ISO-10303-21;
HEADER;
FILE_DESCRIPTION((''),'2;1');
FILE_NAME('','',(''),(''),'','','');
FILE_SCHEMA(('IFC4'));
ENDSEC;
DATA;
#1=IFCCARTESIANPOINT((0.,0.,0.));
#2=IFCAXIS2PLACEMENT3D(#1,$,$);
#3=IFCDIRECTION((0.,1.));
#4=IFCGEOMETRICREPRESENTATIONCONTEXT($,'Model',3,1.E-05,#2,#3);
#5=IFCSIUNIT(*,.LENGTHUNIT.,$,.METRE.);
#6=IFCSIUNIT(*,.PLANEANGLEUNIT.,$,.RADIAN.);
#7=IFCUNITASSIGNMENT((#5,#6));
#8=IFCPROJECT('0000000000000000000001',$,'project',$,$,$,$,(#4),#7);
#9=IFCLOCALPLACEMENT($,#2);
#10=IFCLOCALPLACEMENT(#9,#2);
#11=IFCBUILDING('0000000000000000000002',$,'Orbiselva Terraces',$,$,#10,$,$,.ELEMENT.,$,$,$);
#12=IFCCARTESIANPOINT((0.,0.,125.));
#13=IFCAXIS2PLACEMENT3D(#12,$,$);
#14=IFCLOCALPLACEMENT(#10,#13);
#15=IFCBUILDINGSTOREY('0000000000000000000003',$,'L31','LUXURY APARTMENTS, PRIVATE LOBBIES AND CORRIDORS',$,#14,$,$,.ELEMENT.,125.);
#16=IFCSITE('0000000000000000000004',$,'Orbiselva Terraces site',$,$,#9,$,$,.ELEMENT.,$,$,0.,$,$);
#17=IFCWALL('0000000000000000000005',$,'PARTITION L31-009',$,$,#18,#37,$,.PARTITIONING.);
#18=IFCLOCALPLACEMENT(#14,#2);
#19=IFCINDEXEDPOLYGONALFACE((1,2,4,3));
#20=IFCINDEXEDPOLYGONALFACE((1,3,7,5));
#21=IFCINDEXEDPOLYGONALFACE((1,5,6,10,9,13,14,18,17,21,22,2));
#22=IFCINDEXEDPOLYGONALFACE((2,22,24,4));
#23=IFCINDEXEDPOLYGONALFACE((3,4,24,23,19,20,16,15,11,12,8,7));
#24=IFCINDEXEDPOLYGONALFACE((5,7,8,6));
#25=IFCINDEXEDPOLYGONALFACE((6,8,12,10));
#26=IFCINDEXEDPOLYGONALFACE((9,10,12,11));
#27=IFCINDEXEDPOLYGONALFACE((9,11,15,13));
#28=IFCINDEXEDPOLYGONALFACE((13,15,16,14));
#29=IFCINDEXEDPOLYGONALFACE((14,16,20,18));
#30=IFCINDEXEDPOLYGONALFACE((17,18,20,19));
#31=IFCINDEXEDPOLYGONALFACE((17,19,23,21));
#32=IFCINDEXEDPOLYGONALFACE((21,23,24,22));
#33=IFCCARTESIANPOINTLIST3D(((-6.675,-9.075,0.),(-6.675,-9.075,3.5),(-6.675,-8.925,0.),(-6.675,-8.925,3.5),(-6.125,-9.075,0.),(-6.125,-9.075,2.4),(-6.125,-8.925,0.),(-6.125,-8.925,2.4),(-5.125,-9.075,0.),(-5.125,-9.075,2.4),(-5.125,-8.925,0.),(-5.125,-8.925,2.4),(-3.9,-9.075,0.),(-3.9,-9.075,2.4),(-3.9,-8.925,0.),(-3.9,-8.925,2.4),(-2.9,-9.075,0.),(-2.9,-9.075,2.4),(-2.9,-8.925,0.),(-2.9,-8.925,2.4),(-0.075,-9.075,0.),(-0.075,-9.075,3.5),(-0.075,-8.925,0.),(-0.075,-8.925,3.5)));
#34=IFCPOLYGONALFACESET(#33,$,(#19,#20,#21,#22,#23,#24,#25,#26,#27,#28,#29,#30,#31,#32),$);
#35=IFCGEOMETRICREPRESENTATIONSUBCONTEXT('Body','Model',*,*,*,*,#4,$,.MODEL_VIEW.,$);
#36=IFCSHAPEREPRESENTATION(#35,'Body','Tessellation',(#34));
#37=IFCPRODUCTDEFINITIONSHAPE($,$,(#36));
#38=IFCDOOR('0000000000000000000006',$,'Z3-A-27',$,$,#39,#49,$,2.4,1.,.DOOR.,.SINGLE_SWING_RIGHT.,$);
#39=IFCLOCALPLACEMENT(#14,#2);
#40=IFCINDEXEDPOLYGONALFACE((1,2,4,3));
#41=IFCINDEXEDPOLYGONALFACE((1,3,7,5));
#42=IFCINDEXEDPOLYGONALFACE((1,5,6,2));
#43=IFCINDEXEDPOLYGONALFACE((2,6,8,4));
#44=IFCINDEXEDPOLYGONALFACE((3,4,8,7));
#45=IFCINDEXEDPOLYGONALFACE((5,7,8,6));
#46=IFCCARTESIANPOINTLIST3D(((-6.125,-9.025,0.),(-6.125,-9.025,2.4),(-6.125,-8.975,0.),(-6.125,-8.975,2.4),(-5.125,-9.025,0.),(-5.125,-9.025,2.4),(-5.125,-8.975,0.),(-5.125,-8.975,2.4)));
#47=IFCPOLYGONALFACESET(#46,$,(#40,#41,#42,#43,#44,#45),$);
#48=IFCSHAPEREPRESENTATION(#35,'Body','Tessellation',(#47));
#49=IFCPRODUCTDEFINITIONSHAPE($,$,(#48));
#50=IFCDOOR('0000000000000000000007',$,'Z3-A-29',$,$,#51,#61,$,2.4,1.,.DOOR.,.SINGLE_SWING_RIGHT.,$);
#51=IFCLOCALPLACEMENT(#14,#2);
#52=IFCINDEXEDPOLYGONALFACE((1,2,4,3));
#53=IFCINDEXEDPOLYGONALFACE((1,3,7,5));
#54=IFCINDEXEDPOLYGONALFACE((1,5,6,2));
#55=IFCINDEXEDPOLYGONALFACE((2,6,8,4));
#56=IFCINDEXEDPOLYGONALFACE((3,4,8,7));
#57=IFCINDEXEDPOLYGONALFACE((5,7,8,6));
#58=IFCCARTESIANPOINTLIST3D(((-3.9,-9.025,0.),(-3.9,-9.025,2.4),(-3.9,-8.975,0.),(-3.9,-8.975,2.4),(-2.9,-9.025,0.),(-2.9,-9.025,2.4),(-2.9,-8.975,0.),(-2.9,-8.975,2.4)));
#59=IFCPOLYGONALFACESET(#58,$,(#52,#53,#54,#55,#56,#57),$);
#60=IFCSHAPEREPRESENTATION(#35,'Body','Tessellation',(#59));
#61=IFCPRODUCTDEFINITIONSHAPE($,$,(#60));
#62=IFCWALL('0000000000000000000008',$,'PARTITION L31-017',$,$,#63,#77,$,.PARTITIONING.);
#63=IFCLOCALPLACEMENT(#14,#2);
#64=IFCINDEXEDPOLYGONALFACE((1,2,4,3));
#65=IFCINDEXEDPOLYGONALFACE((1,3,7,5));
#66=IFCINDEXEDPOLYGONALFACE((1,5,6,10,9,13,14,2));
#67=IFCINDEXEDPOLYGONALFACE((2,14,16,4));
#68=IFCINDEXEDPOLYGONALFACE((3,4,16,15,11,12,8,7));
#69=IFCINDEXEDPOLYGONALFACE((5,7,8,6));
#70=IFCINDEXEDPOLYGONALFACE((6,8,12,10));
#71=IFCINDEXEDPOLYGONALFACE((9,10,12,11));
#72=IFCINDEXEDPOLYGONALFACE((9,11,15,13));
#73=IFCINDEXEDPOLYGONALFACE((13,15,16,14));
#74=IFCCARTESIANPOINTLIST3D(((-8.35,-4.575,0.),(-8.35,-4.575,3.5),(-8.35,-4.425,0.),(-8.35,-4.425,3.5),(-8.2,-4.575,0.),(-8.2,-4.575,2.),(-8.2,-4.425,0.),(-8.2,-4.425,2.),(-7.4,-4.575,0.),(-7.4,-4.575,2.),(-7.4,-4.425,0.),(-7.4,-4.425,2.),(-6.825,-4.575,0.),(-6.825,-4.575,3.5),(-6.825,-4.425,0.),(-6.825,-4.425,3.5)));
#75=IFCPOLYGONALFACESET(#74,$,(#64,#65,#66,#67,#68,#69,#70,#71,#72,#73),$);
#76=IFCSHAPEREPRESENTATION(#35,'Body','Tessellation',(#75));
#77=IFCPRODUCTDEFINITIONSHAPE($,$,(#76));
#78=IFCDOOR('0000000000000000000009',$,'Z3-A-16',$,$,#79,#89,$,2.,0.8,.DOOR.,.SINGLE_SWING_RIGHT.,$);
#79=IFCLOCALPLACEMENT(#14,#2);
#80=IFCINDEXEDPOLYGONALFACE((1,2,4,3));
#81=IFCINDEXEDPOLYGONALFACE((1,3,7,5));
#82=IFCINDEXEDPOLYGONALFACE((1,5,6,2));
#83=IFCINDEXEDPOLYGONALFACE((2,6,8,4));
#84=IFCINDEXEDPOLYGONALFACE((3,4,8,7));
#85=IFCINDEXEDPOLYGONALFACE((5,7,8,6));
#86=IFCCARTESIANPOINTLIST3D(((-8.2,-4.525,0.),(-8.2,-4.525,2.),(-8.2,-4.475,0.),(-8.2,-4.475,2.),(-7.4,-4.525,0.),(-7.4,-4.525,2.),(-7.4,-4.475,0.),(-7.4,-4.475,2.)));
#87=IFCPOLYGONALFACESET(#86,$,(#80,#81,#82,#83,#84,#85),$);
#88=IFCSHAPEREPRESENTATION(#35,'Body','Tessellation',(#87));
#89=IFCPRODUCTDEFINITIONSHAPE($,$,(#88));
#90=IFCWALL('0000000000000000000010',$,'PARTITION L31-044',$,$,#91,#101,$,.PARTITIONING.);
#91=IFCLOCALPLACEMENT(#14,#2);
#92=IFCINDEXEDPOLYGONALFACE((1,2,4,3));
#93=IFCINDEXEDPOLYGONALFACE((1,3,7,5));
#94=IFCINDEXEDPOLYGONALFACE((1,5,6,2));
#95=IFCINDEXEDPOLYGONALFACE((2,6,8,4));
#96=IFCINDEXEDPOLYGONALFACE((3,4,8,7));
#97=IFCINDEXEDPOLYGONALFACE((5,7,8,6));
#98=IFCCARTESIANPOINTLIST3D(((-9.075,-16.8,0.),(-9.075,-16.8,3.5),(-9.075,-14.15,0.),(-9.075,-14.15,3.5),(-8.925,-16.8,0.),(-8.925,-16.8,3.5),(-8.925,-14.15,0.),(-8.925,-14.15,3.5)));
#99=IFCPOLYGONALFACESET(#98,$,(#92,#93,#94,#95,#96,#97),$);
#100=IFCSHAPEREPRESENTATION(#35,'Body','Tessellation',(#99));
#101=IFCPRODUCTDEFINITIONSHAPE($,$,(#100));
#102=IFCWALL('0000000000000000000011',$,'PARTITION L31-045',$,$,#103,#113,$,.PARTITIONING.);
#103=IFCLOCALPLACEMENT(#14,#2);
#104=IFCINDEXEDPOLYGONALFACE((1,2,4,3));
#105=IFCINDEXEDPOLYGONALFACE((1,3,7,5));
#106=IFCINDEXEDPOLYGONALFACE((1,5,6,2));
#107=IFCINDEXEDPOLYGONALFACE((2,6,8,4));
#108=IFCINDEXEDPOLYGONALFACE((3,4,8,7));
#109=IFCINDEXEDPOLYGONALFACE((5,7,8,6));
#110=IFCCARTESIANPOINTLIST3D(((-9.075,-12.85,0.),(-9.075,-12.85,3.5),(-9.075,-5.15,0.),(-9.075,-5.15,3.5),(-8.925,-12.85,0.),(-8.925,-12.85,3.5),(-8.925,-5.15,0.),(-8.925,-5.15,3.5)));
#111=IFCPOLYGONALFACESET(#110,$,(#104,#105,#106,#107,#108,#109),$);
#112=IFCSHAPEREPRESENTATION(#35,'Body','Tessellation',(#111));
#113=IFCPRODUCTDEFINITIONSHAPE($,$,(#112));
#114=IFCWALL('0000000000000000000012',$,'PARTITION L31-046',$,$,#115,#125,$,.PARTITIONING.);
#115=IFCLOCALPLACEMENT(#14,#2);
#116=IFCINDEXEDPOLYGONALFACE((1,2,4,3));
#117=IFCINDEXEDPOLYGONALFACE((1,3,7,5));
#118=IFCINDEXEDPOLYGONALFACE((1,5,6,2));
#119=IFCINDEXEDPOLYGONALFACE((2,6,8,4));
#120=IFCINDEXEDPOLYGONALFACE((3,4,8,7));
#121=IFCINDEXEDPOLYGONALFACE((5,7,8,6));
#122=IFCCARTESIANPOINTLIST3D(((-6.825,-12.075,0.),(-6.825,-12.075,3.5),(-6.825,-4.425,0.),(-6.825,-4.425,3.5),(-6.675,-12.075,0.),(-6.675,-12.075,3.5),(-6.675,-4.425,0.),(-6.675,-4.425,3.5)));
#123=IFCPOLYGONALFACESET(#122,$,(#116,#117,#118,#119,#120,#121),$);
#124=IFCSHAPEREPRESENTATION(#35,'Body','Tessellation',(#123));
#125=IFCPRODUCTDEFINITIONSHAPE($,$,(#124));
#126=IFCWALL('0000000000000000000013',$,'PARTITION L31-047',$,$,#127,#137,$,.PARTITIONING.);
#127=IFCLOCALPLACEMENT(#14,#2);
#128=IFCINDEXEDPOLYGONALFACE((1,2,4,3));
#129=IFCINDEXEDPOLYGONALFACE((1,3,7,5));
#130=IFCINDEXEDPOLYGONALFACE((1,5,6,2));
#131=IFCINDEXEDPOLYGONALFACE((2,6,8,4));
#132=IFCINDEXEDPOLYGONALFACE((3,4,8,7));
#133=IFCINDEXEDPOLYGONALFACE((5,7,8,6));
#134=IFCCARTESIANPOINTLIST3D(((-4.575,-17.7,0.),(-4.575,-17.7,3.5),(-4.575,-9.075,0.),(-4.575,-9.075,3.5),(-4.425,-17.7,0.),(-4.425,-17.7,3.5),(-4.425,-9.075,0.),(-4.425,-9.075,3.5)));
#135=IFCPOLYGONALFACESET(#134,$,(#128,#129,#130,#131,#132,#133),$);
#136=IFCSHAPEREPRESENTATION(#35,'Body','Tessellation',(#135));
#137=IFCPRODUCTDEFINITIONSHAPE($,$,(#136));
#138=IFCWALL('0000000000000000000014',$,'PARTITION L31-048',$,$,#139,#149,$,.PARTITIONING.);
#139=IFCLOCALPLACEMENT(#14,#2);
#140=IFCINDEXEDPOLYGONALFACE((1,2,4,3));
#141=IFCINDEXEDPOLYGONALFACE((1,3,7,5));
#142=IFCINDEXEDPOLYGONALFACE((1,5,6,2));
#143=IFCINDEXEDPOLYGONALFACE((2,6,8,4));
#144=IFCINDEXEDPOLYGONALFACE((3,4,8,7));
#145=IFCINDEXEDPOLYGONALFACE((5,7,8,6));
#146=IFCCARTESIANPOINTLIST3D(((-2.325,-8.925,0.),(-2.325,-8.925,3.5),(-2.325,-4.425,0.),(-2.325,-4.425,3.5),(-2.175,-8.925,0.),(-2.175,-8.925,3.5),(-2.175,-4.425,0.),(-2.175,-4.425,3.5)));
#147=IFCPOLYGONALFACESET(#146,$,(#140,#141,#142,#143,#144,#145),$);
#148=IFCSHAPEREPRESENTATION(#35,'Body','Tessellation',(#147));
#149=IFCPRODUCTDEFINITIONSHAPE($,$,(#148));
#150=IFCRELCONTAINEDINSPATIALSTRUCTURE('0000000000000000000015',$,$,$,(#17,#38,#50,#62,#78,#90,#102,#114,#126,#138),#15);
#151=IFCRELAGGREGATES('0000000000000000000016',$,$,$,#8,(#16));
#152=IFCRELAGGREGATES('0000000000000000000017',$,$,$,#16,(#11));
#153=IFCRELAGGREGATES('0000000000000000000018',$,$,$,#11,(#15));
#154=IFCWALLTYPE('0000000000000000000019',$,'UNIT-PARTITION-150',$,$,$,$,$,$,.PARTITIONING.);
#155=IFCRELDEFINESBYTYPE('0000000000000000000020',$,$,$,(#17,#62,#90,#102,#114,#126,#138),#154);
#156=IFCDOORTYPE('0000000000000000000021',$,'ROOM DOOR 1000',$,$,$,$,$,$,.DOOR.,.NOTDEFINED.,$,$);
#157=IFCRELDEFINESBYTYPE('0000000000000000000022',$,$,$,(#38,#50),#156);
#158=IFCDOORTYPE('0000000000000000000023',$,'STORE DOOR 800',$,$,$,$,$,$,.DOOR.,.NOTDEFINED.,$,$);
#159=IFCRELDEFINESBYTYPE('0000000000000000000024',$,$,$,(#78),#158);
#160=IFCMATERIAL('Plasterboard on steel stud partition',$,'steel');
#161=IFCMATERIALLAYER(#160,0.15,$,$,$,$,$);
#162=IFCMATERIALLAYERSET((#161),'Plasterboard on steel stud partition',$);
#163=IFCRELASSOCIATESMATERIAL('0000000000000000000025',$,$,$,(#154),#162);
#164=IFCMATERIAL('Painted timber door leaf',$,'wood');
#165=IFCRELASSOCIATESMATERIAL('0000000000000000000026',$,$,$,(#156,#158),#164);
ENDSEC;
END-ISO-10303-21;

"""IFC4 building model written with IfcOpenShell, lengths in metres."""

from ifc_helpers import new_model, si_unit, direction, frame, frame_2d, origin, place, context, subcontext, project, spatial, rectangle, extrude, material, layer, layer_set, type_object, element, fill, save


model = new_model("IFC4")

# Units and contexts
model_context = context("Model", 3, precision=1e-05, world=origin(), true_north=direction((0.0, 1.0)))
body_context = subcontext(model_context, "Body", "Model", "MODEL_VIEW")
ifc_project = project(units=[si_unit("LENGTHUNIT", "METRE"), si_unit("PLANEANGLEUNIT", "RADIAN")], contexts=[model_context])

# Site, building, storey
site_placement = place(None, origin())
site = spatial("IfcSite", under=ifc_project, at=site_placement, Name="Orbiselva Terraces site", CompositionType="ELEMENT", RefElevation=0.0)
building_placement = place(site_placement, origin())
building = spatial("IfcBuilding", under=site, at=building_placement, Name="Orbiselva Terraces", CompositionType="ELEMENT")
storey_placement = place(building_placement, frame((0.0, 0.0, 125.0)))
storey = spatial("IfcBuildingStorey", under=building, at=storey_placement, Name="L31", Description="LUXURY APARTMENTS, PRIVATE LOBBIES AND CORRIDORS", CompositionType="ELEMENT", Elevation=125.0)

# Shared definitions
ifc_material_1 = material(Name="Plasterboard on steel stud partition", Category="steel")
ifc_layer_1 = layer(ifc_material_1, 0.15)
ifc_layer_set_1 = layer_set([ifc_layer_1], Name="Plasterboard on steel stud partition")
wall_type_1 = type_object("IfcWallType", Name="UNIT-PARTITION-150", PredefinedType="PARTITIONING", material=ifc_layer_set_1)
ifc_material_2 = material(Name="Painted timber door leaf", Category="wood")

# Wall, openings, doors
wall_1_placement = place(storey_placement, frame((-0.075, -9.0, 0.0), z_axis=(0.0, 0.0, 1.0), x_axis=(-1.0, 0.0, 0.0)))
wall_1 = element("IfcWall", 1, at=wall_1_placement, inside=storey, type_object=wall_type_1, Name="PARTITION L31-009", PredefinedType="PARTITIONING", context=body_context, shape_type="SweptSolid", body=[
    extrude(rectangle(XDim=6.6, YDim=0.15, at=frame_2d((3.3, 0.0))), origin(), (0.0, 0.0, 1.0), 3.5),
])
opening_1_placement = place(wall_1_placement, frame((5.05, 0.0, 0.0)))
opening_1 = element("IfcOpeningElement", 2, at=opening_1_placement, cuts=wall_1, PredefinedType="OPENING", context=body_context, shape_type="SweptSolid", body=[
    extrude(rectangle(XDim=1.0, YDim=2.4, at=frame_2d((0.5, 1.2))), frame((0.0, 0.085, 0.0), z_axis=(0.0, -1.0, 0.0), x_axis=(1.0, 0.0, 0.0)), (0.0, 0.0, 1.0), 0.17),
])
opening_2_placement = place(wall_1_placement, frame((2.825, 0.0, 0.0)))
opening_2 = element("IfcOpeningElement", 3, at=opening_2_placement, cuts=wall_1, PredefinedType="OPENING", context=body_context, shape_type="SweptSolid", body=[
    extrude(rectangle(XDim=1.0, YDim=2.4, at=frame_2d((0.5, 1.2))), frame((0.0, 0.085, 0.0), z_axis=(0.0, -1.0, 0.0), x_axis=(1.0, 0.0, 0.0)), (0.0, 0.0, 1.0), 0.17),
])
door_type_1 = type_object("IfcDoorType", Name="ROOM DOOR 1000", OperationType="NOTDEFINED", PredefinedType="DOOR", material=ifc_material_2)
door_1_placement = place(opening_1_placement, origin())
door_1 = element("IfcDoor", 4, at=door_1_placement, inside=storey, type_object=door_type_1, Name="Z3-A-27", OperationType="SINGLE_SWING_RIGHT", OverallHeight=2.4, OverallWidth=1.0, PredefinedType="DOOR", context=body_context, shape_type="SweptSolid", body=[
    extrude(rectangle(XDim=1.0, YDim=2.4, at=frame_2d((0.5, 1.2))), frame((0.0, 0.025, 0.0), z_axis=(0.0, -1.0, 0.0), x_axis=(1.0, 0.0, 0.0)), (0.0, 0.0, 1.0), 0.05),
])
fill(opening_1, door_1)
door_2_placement = place(opening_2_placement, origin())
door_2 = element("IfcDoor", 5, at=door_2_placement, inside=storey, type_object=door_type_1, Name="Z3-A-29", OperationType="SINGLE_SWING_RIGHT", OverallHeight=2.4, OverallWidth=1.0, PredefinedType="DOOR", context=body_context, shape_type="SweptSolid", body=[
    extrude(rectangle(XDim=1.0, YDim=2.4, at=frame_2d((0.5, 1.2))), frame((0.0, 0.025, 0.0), z_axis=(0.0, -1.0, 0.0), x_axis=(1.0, 0.0, 0.0)), (0.0, 0.0, 1.0), 0.05),
])
fill(opening_2, door_2)

# Wall, opening, door
wall_2_placement = place(storey_placement, frame((-6.825, -4.5, 0.0), z_axis=(0.0, 0.0, 1.0), x_axis=(-1.0, 0.0, 0.0)))
wall_2 = element("IfcWall", 6, at=wall_2_placement, inside=storey, type_object=wall_type_1, Name="PARTITION L31-017", PredefinedType="PARTITIONING", context=body_context, shape_type="SweptSolid", body=[
    extrude(rectangle(XDim=1.525, YDim=0.15, at=frame_2d((0.7625, 0.0))), origin(), (0.0, 0.0, 1.0), 3.5),
])
opening_3_placement = place(wall_2_placement, frame((0.575, 0.0, 0.0)))
opening_3 = element("IfcOpeningElement", 7, at=opening_3_placement, cuts=wall_2, PredefinedType="OPENING", context=body_context, shape_type="SweptSolid", body=[
    extrude(rectangle(XDim=0.8, YDim=2.0, at=frame_2d((0.4, 1.0))), frame((0.0, 0.085, 0.0), z_axis=(0.0, -1.0, 0.0), x_axis=(1.0, 0.0, 0.0)), (0.0, 0.0, 1.0), 0.17),
])
door_type_2 = type_object("IfcDoorType", Name="STORE DOOR 800", OperationType="NOTDEFINED", PredefinedType="DOOR", material=ifc_material_2)
door_3_placement = place(opening_3_placement, origin())
door_3 = element("IfcDoor", 8, at=door_3_placement, inside=storey, type_object=door_type_2, Name="Z3-A-16", OperationType="SINGLE_SWING_RIGHT", OverallHeight=2.0, OverallWidth=0.8, PredefinedType="DOOR", context=body_context, shape_type="SweptSolid", body=[
    extrude(rectangle(XDim=0.8, YDim=2.0, at=frame_2d((0.4, 1.0))), frame((0.0, 0.025, 0.0), z_axis=(0.0, -1.0, 0.0), x_axis=(1.0, 0.0, 0.0)), (0.0, 0.0, 1.0), 0.05),
])
fill(opening_3, door_3)

# Walls
wall_3_placement = place(storey_placement, frame((-9.0, -16.8, 0.0), z_axis=(0.0, 0.0, 1.0), x_axis=(0.0, 1.0, 0.0)))
element("IfcWall", 9, at=wall_3_placement, inside=storey, type_object=wall_type_1, Name="PARTITION L31-044", PredefinedType="PARTITIONING", context=body_context, shape_type="SweptSolid", body=[
    extrude(rectangle(XDim=2.65, YDim=0.15, at=frame_2d((1.325, 0.0))), origin(), (0.0, 0.0, 1.0), 3.5),
])
wall_4_placement = place(storey_placement, frame((-9.0, -12.85, 0.0), z_axis=(0.0, 0.0, 1.0), x_axis=(0.0, 1.0, 0.0)))
element("IfcWall", 10, at=wall_4_placement, inside=storey, type_object=wall_type_1, Name="PARTITION L31-045", PredefinedType="PARTITIONING", context=body_context, shape_type="SweptSolid", body=[
    extrude(rectangle(XDim=7.7, YDim=0.15, at=frame_2d((3.85, 0.0))), origin(), (0.0, 0.0, 1.0), 3.5),
])
wall_5_placement = place(storey_placement, frame((-6.75, -12.075, 0.0), z_axis=(0.0, 0.0, 1.0), x_axis=(0.0, 1.0, 0.0)))
element("IfcWall", 11, at=wall_5_placement, inside=storey, type_object=wall_type_1, Name="PARTITION L31-046", PredefinedType="PARTITIONING", context=body_context, shape_type="SweptSolid", body=[
    extrude(rectangle(XDim=7.65, YDim=0.15, at=frame_2d((3.825, 0.0))), origin(), (0.0, 0.0, 1.0), 3.5),
])
wall_6_placement = place(storey_placement, frame((-4.5, -17.7, 0.0), z_axis=(0.0, 0.0, 1.0), x_axis=(0.0, 1.0, 0.0)))
element("IfcWall", 12, at=wall_6_placement, inside=storey, type_object=wall_type_1, Name="PARTITION L31-047", PredefinedType="PARTITIONING", context=body_context, shape_type="SweptSolid", body=[
    extrude(rectangle(XDim=8.625, YDim=0.15, at=frame_2d((4.3125, 0.0))), origin(), (0.0, 0.0, 1.0), 3.5),
])
wall_7_placement = place(storey_placement, frame((-2.25, -8.925, 0.0), z_axis=(0.0, 0.0, 1.0), x_axis=(0.0, 1.0, 0.0)))
element("IfcWall", 13, at=wall_7_placement, inside=storey, type_object=wall_type_1, Name="PARTITION L31-048", PredefinedType="PARTITIONING", context=body_context, shape_type="SweptSolid", body=[
    extrude(rectangle(XDim=4.5, YDim=0.15, at=frame_2d((2.25, 0.0))), origin(), (0.0, 0.0, 1.0), 3.5),
])

save(model, "model.ifc")
